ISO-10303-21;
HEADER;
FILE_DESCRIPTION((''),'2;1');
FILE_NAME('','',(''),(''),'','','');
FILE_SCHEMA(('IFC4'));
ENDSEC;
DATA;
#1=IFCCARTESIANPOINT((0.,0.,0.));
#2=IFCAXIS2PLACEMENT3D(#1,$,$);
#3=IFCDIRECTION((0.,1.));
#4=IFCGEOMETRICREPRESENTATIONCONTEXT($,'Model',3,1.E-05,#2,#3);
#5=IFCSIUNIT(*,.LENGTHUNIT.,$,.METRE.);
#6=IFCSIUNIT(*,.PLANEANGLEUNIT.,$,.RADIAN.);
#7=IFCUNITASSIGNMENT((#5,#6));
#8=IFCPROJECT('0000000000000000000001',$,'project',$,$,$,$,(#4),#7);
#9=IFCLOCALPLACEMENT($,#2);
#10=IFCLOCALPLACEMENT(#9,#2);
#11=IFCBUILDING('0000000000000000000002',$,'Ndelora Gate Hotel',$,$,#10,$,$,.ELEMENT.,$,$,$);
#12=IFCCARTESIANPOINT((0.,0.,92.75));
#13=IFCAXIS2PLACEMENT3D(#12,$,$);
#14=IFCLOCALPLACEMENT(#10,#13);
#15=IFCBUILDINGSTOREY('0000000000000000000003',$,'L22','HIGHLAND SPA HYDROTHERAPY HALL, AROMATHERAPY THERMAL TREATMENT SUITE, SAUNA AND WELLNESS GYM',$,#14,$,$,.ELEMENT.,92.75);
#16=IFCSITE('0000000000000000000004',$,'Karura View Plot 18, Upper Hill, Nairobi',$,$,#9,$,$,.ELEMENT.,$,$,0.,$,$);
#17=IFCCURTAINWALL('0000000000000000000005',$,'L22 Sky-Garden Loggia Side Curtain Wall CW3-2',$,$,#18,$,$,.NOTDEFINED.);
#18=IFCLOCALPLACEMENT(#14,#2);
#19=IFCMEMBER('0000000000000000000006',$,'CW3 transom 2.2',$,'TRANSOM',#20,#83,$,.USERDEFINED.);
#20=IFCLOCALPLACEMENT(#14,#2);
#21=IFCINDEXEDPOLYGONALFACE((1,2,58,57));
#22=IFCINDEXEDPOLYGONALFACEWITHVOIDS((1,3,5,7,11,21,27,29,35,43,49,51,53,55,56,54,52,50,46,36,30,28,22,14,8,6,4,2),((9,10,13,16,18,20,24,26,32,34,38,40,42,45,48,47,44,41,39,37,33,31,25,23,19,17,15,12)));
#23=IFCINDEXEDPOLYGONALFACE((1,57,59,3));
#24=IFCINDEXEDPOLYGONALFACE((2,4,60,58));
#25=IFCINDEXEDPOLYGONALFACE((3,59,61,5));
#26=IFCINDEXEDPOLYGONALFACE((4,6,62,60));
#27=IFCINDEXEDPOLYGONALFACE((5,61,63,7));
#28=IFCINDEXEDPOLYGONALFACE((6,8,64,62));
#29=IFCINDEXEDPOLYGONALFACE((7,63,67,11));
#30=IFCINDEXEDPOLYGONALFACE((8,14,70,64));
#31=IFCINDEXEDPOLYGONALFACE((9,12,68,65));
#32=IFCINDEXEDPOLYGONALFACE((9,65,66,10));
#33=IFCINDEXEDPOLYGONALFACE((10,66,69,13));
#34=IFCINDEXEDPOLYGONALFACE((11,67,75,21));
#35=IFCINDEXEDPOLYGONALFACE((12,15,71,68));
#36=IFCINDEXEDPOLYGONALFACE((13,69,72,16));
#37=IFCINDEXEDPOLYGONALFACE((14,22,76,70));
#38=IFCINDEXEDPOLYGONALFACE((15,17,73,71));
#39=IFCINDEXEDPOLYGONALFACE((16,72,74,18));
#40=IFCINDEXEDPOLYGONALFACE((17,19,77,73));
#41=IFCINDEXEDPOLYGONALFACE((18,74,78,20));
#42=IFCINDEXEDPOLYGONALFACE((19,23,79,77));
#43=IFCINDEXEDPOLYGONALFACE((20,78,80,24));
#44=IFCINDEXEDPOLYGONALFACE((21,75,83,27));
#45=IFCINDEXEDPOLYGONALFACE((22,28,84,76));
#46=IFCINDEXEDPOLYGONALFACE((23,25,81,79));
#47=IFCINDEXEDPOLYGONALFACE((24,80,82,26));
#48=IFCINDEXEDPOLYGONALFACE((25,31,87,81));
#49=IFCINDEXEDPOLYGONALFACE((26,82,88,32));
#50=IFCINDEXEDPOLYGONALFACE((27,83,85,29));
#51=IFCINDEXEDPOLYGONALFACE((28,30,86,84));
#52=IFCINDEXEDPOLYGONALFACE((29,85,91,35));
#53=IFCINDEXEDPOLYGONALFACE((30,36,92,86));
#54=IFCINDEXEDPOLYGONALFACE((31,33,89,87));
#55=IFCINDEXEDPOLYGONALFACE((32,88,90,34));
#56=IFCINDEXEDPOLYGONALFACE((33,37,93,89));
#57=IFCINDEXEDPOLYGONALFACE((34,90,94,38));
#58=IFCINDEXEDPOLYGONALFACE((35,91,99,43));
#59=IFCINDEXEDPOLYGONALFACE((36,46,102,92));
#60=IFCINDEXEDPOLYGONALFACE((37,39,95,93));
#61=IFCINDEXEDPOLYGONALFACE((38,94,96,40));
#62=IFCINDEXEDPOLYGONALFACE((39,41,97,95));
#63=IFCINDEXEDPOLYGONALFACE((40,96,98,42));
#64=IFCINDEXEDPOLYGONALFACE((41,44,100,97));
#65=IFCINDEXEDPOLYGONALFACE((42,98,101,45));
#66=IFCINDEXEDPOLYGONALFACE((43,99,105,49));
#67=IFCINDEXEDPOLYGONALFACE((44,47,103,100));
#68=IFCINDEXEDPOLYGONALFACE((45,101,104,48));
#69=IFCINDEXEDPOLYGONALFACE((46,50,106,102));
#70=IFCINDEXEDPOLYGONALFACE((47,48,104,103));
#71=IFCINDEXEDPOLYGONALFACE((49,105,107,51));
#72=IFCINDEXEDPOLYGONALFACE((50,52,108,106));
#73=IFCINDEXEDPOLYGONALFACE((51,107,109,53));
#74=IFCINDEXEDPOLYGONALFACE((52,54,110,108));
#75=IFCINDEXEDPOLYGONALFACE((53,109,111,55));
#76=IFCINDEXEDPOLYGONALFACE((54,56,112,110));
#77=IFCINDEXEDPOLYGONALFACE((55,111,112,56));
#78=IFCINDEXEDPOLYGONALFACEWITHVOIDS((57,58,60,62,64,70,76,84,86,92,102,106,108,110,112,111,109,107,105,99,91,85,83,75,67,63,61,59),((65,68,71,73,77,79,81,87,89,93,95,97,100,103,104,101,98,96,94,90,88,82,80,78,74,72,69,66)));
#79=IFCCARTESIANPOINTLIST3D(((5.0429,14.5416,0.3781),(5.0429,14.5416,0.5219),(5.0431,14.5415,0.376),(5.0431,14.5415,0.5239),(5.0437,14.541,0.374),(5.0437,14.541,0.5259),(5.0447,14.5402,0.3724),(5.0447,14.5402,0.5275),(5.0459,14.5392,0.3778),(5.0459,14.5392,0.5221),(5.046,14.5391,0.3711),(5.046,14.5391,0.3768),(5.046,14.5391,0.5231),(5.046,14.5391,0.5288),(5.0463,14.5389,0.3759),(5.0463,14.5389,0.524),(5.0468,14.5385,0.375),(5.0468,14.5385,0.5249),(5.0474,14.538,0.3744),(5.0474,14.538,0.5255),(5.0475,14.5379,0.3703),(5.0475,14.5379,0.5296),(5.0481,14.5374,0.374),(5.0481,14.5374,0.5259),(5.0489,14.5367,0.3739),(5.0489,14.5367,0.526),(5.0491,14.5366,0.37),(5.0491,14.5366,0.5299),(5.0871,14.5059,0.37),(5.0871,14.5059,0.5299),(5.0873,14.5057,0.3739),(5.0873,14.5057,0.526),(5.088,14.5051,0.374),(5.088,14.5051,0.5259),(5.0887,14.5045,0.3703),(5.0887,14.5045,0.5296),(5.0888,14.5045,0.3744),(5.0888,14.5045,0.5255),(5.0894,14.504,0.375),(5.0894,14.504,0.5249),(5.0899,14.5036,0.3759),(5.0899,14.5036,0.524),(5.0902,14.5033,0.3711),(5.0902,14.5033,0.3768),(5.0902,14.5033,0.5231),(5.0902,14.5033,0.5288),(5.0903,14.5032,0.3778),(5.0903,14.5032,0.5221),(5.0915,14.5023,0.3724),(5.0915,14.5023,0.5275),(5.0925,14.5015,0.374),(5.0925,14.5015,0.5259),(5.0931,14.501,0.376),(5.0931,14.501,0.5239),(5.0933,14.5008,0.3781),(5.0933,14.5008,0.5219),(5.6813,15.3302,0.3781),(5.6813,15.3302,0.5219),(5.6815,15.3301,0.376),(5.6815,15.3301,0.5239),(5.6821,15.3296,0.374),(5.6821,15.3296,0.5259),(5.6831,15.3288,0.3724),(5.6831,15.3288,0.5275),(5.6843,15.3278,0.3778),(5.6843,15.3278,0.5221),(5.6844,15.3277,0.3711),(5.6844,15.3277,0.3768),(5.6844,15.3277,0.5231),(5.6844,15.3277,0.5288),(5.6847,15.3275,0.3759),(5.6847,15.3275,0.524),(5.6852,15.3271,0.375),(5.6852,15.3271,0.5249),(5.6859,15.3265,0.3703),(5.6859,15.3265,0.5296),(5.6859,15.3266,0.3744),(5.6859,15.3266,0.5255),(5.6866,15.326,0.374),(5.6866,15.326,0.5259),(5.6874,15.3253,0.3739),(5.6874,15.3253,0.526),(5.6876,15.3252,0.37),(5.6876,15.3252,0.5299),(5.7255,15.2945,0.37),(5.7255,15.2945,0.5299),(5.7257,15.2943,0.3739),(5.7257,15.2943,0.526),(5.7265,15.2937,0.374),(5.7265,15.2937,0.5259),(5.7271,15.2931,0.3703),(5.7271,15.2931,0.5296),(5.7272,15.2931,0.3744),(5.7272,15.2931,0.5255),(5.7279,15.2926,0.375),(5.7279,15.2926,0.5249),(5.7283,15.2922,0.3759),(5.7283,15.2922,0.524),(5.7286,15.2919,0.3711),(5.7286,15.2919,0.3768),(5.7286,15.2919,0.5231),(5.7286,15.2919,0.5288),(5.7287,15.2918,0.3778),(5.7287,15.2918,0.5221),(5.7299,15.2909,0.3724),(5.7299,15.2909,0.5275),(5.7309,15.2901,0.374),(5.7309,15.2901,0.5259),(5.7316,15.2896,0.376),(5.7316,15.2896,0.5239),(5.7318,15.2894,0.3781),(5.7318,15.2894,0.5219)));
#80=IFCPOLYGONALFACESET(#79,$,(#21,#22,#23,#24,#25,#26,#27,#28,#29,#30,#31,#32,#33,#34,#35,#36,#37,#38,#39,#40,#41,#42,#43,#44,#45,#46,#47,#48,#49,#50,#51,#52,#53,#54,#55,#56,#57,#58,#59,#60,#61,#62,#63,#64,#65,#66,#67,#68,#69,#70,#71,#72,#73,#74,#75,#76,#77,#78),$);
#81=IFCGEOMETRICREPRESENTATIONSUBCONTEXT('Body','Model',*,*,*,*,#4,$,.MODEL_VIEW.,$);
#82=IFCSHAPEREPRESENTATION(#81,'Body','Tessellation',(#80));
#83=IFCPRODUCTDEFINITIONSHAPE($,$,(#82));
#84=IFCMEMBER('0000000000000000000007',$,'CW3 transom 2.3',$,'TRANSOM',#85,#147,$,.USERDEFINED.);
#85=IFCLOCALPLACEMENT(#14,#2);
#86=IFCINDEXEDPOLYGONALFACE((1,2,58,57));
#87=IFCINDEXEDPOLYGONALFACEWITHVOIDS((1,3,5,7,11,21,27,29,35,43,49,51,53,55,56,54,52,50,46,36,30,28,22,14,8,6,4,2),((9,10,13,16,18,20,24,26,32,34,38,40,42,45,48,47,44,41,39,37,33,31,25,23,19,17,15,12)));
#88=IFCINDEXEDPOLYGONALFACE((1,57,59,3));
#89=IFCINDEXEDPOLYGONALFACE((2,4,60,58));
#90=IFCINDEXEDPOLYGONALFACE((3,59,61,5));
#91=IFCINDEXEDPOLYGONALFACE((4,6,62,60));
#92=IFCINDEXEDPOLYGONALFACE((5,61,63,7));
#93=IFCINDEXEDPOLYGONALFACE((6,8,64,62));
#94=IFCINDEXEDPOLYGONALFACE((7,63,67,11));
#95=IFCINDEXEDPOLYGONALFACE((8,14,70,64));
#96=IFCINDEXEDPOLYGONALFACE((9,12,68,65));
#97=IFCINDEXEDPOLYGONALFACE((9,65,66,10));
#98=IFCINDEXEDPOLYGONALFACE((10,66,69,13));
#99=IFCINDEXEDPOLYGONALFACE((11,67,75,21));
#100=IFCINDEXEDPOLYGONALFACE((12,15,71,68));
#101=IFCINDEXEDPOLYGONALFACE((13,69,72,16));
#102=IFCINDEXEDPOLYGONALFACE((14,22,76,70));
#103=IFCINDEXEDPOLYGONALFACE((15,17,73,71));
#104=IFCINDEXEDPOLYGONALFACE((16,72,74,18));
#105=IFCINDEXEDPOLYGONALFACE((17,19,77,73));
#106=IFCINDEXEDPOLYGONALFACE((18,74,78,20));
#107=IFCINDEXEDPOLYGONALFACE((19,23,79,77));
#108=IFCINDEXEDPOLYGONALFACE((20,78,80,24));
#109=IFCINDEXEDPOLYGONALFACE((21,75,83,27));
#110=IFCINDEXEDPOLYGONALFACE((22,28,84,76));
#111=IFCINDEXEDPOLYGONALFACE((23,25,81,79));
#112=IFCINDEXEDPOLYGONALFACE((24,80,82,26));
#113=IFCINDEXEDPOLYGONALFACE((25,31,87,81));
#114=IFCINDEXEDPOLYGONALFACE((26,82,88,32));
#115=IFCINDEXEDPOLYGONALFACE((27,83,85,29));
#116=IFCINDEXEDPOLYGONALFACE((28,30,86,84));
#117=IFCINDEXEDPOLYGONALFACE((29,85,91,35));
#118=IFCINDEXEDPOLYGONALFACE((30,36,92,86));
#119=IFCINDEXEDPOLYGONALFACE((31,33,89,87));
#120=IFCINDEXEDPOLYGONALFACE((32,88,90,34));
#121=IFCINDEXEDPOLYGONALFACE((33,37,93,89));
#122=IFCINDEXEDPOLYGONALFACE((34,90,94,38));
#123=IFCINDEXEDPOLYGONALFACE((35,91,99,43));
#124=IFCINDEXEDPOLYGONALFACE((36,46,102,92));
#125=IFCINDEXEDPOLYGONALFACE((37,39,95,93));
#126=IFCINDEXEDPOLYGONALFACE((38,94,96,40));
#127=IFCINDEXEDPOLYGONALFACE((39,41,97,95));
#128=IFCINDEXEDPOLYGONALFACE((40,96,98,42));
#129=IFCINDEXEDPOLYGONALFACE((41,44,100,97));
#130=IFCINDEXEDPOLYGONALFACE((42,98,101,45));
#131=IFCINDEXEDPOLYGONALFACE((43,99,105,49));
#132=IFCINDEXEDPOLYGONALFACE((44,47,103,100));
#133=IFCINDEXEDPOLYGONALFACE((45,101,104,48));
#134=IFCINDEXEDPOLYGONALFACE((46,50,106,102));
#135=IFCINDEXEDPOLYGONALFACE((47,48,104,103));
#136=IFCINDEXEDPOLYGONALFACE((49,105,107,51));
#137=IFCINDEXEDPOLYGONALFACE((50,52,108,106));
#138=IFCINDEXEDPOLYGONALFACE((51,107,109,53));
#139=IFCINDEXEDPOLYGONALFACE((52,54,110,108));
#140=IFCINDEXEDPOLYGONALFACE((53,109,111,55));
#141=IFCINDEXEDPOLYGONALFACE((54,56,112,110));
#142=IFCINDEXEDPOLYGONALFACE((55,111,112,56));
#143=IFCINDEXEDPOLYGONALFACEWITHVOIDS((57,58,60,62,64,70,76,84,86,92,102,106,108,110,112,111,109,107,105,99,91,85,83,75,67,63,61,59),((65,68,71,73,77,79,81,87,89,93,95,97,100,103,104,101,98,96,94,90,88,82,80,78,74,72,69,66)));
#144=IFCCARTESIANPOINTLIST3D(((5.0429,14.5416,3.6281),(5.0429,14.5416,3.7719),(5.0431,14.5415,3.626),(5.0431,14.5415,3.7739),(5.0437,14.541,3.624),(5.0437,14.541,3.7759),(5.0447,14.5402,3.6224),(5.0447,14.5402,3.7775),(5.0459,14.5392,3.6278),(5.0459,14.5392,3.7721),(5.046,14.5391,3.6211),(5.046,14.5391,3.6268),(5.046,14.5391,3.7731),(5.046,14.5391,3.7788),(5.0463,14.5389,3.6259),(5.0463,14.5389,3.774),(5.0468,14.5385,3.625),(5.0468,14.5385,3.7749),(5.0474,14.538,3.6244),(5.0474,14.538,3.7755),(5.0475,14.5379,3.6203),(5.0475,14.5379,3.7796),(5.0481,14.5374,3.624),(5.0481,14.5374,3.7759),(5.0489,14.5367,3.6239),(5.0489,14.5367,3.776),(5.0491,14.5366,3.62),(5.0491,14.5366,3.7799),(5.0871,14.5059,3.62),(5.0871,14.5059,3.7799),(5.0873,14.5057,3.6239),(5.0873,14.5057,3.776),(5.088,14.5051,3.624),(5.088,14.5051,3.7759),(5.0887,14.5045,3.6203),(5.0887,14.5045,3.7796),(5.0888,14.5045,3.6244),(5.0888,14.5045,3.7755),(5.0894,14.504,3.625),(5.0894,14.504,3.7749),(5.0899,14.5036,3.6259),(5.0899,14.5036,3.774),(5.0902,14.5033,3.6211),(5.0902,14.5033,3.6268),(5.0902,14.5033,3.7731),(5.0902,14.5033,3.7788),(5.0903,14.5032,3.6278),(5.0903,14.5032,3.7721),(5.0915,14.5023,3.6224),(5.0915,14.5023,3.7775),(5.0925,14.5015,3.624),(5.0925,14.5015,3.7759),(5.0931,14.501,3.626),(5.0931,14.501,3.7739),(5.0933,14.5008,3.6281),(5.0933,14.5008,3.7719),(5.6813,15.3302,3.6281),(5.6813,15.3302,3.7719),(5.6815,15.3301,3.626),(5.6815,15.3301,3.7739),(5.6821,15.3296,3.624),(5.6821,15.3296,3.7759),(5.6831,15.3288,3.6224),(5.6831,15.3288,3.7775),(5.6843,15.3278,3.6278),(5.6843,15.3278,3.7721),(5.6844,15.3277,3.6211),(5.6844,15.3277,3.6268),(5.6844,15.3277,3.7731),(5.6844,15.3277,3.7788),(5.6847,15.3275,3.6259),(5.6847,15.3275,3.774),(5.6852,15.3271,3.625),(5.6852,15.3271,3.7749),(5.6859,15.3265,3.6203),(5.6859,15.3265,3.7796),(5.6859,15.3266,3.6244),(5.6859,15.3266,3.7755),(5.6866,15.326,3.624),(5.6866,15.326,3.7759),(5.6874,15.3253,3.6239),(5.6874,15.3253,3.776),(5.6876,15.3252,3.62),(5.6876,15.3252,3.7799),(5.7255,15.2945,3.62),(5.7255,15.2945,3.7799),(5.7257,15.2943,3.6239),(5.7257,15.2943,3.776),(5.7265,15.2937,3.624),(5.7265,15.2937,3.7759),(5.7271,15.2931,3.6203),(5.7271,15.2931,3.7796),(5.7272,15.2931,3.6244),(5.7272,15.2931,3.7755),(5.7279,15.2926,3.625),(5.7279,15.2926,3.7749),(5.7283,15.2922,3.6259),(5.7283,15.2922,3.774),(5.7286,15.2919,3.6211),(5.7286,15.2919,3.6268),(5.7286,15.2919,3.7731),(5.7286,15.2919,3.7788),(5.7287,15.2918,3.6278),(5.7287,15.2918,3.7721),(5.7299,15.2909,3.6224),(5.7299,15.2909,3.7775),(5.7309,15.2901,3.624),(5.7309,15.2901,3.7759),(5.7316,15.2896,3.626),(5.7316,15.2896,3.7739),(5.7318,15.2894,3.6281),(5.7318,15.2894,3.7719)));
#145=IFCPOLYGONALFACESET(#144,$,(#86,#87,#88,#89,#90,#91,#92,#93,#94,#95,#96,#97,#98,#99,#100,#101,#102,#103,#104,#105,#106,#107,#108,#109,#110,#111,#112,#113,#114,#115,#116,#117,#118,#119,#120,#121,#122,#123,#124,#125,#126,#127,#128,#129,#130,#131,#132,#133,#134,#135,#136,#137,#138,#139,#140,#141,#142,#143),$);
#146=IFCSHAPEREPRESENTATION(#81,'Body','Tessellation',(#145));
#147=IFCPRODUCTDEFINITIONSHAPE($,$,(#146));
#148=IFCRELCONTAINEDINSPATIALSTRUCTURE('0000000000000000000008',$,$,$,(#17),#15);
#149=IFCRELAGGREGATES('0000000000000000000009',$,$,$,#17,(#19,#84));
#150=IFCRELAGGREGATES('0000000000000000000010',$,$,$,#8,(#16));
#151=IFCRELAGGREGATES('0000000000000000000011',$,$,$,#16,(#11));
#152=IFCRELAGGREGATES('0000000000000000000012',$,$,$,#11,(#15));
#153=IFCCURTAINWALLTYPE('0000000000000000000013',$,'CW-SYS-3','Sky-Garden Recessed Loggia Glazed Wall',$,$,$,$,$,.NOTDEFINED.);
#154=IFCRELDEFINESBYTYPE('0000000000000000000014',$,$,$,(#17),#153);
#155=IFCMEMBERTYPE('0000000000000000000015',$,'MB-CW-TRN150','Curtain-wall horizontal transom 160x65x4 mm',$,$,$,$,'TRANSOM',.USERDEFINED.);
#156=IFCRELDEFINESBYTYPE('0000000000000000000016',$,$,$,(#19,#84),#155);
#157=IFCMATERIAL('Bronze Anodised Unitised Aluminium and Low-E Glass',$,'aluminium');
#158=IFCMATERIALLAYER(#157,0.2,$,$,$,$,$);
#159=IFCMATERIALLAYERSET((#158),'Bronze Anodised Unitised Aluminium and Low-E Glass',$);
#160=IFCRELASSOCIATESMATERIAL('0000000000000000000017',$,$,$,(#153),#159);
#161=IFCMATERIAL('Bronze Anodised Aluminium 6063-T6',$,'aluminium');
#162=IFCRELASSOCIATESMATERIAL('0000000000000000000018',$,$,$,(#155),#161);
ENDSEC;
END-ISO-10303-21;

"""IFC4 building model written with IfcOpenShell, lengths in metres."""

from ifc_helpers import new_model, si_unit, direction, frame, origin, origin_2d, place, context, subcontext, project, spatial, hollow_rectangle, extrude, material, layer, layer_set, material_profile, profile_set, type_object, element, aggregate, save


model = new_model("IFC4")

# Units and contexts
model_context = context("Model", 3, precision=1e-05, world=origin(), true_north=direction((0.0, 1.0)))
body_context = subcontext(model_context, "Body", "Model", "MODEL_VIEW")
ifc_project = project(units=[si_unit("LENGTHUNIT", "METRE"), si_unit("PLANEANGLEUNIT", "RADIAN")], contexts=[model_context])

# Site, building, storey
site_placement = place(None, origin())
site = spatial("IfcSite", under=ifc_project, at=site_placement, Name="Karura View Plot 18, Upper Hill, Nairobi", CompositionType="ELEMENT", RefElevation=0.0)
building_placement = place(site_placement, origin())
building = spatial("IfcBuilding", under=site, at=building_placement, Name="Ndelora Gate Hotel", CompositionType="ELEMENT")
storey_placement = place(building_placement, frame((0.0, 0.0, 92.75)))
storey = spatial("IfcBuildingStorey", under=building, at=storey_placement, Name="L22", Description="HIGHLAND SPA HYDROTHERAPY HALL, AROMATHERAPY THERMAL TREATMENT SUITE, SAUNA AND WELLNESS GYM", CompositionType="ELEMENT", Elevation=92.75)

# Curtain wall, members
ifc_material_1 = material(Name="Bronze Anodised Unitised Aluminium and Low-E Glass", Category="aluminium")
ifc_layer_1 = layer(ifc_material_1, 0.2)
ifc_layer_set_1 = layer_set([ifc_layer_1], Name="Bronze Anodised Unitised Aluminium and Low-E Glass")
curtain_wall_type = type_object("IfcCurtainWallType", Name="CW-SYS-3", Description="Sky-Garden Recessed Loggia Glazed Wall", PredefinedType="NOTDEFINED", material=ifc_layer_set_1)
curtain_wall_placement = place(storey_placement, origin())
curtain_wall = element("IfcCurtainWall", 1, at=curtain_wall_placement, inside=storey, type_object=curtain_wall_type, Name="L22 Sky-Garden Loggia Side Curtain Wall CW3-2", PredefinedType="NOTDEFINED")
ifc_material_2 = material(Name="Bronze Anodised Aluminium 6063-T6", Category="aluminium")
ifc_material_profile_1 = material_profile(ifc_material_2, hollow_rectangle(XDim=0.0649, YDim=0.1599, WallThickness=0.0039, InnerFilletRadius=0.0039, OuterFilletRadius=0.0081, at=origin_2d()), Name="ALU 160x65x4")
ifc_profile_set_1 = profile_set([ifc_material_profile_1], Name="Bronze Anodised Aluminium 6063-T6")
member_type_1 = type_object("IfcMemberType", Name="MB-CW-TRN150", Description="Curtain-wall horizontal transom 160x65x4 mm", ElementType="TRANSOM", PredefinedType="USERDEFINED", material=ifc_profile_set_1)
member_1_placement = place(storey_placement, frame((5.7065, 15.3098, 0.45), z_axis=(-0.629233, -0.777217, 0.0), x_axis=(0.777217, -0.629233, 0.0)))
member_1 = element("IfcMember", 2, at=member_1_placement, type_object=member_type_1, Name="CW3 transom 2.2", ObjectType="TRANSOM", PredefinedType="USERDEFINED", context=body_context, shape_type="SweptSolid", body=[
    extrude(hollow_rectangle(XDim=0.0649, YDim=0.1599, WallThickness=0.0039, InnerFilletRadius=0.0039, OuterFilletRadius=0.0081, at=origin_2d()), origin(), (0.0, 0.0, 1.0), 1.0146),
])
member_2_placement = place(storey_placement, frame((5.7065, 15.3098, 3.7), z_axis=(-0.629233, -0.777217, 0.0), x_axis=(0.777217, -0.629233, 0.0)))
member_2 = element("IfcMember", 3, at=member_2_placement, type_object=member_type_1, Name="CW3 transom 2.3", ObjectType="TRANSOM", PredefinedType="USERDEFINED", context=body_context, shape_type="SweptSolid", body=[
    extrude(hollow_rectangle(XDim=0.0649, YDim=0.1599, WallThickness=0.0039, InnerFilletRadius=0.0039, OuterFilletRadius=0.0081, at=origin_2d()), origin(), (0.0, 0.0, 1.0), 1.0146),
])
aggregate(curtain_wall, [member_1, member_2])

save(model, "model.ifc")
